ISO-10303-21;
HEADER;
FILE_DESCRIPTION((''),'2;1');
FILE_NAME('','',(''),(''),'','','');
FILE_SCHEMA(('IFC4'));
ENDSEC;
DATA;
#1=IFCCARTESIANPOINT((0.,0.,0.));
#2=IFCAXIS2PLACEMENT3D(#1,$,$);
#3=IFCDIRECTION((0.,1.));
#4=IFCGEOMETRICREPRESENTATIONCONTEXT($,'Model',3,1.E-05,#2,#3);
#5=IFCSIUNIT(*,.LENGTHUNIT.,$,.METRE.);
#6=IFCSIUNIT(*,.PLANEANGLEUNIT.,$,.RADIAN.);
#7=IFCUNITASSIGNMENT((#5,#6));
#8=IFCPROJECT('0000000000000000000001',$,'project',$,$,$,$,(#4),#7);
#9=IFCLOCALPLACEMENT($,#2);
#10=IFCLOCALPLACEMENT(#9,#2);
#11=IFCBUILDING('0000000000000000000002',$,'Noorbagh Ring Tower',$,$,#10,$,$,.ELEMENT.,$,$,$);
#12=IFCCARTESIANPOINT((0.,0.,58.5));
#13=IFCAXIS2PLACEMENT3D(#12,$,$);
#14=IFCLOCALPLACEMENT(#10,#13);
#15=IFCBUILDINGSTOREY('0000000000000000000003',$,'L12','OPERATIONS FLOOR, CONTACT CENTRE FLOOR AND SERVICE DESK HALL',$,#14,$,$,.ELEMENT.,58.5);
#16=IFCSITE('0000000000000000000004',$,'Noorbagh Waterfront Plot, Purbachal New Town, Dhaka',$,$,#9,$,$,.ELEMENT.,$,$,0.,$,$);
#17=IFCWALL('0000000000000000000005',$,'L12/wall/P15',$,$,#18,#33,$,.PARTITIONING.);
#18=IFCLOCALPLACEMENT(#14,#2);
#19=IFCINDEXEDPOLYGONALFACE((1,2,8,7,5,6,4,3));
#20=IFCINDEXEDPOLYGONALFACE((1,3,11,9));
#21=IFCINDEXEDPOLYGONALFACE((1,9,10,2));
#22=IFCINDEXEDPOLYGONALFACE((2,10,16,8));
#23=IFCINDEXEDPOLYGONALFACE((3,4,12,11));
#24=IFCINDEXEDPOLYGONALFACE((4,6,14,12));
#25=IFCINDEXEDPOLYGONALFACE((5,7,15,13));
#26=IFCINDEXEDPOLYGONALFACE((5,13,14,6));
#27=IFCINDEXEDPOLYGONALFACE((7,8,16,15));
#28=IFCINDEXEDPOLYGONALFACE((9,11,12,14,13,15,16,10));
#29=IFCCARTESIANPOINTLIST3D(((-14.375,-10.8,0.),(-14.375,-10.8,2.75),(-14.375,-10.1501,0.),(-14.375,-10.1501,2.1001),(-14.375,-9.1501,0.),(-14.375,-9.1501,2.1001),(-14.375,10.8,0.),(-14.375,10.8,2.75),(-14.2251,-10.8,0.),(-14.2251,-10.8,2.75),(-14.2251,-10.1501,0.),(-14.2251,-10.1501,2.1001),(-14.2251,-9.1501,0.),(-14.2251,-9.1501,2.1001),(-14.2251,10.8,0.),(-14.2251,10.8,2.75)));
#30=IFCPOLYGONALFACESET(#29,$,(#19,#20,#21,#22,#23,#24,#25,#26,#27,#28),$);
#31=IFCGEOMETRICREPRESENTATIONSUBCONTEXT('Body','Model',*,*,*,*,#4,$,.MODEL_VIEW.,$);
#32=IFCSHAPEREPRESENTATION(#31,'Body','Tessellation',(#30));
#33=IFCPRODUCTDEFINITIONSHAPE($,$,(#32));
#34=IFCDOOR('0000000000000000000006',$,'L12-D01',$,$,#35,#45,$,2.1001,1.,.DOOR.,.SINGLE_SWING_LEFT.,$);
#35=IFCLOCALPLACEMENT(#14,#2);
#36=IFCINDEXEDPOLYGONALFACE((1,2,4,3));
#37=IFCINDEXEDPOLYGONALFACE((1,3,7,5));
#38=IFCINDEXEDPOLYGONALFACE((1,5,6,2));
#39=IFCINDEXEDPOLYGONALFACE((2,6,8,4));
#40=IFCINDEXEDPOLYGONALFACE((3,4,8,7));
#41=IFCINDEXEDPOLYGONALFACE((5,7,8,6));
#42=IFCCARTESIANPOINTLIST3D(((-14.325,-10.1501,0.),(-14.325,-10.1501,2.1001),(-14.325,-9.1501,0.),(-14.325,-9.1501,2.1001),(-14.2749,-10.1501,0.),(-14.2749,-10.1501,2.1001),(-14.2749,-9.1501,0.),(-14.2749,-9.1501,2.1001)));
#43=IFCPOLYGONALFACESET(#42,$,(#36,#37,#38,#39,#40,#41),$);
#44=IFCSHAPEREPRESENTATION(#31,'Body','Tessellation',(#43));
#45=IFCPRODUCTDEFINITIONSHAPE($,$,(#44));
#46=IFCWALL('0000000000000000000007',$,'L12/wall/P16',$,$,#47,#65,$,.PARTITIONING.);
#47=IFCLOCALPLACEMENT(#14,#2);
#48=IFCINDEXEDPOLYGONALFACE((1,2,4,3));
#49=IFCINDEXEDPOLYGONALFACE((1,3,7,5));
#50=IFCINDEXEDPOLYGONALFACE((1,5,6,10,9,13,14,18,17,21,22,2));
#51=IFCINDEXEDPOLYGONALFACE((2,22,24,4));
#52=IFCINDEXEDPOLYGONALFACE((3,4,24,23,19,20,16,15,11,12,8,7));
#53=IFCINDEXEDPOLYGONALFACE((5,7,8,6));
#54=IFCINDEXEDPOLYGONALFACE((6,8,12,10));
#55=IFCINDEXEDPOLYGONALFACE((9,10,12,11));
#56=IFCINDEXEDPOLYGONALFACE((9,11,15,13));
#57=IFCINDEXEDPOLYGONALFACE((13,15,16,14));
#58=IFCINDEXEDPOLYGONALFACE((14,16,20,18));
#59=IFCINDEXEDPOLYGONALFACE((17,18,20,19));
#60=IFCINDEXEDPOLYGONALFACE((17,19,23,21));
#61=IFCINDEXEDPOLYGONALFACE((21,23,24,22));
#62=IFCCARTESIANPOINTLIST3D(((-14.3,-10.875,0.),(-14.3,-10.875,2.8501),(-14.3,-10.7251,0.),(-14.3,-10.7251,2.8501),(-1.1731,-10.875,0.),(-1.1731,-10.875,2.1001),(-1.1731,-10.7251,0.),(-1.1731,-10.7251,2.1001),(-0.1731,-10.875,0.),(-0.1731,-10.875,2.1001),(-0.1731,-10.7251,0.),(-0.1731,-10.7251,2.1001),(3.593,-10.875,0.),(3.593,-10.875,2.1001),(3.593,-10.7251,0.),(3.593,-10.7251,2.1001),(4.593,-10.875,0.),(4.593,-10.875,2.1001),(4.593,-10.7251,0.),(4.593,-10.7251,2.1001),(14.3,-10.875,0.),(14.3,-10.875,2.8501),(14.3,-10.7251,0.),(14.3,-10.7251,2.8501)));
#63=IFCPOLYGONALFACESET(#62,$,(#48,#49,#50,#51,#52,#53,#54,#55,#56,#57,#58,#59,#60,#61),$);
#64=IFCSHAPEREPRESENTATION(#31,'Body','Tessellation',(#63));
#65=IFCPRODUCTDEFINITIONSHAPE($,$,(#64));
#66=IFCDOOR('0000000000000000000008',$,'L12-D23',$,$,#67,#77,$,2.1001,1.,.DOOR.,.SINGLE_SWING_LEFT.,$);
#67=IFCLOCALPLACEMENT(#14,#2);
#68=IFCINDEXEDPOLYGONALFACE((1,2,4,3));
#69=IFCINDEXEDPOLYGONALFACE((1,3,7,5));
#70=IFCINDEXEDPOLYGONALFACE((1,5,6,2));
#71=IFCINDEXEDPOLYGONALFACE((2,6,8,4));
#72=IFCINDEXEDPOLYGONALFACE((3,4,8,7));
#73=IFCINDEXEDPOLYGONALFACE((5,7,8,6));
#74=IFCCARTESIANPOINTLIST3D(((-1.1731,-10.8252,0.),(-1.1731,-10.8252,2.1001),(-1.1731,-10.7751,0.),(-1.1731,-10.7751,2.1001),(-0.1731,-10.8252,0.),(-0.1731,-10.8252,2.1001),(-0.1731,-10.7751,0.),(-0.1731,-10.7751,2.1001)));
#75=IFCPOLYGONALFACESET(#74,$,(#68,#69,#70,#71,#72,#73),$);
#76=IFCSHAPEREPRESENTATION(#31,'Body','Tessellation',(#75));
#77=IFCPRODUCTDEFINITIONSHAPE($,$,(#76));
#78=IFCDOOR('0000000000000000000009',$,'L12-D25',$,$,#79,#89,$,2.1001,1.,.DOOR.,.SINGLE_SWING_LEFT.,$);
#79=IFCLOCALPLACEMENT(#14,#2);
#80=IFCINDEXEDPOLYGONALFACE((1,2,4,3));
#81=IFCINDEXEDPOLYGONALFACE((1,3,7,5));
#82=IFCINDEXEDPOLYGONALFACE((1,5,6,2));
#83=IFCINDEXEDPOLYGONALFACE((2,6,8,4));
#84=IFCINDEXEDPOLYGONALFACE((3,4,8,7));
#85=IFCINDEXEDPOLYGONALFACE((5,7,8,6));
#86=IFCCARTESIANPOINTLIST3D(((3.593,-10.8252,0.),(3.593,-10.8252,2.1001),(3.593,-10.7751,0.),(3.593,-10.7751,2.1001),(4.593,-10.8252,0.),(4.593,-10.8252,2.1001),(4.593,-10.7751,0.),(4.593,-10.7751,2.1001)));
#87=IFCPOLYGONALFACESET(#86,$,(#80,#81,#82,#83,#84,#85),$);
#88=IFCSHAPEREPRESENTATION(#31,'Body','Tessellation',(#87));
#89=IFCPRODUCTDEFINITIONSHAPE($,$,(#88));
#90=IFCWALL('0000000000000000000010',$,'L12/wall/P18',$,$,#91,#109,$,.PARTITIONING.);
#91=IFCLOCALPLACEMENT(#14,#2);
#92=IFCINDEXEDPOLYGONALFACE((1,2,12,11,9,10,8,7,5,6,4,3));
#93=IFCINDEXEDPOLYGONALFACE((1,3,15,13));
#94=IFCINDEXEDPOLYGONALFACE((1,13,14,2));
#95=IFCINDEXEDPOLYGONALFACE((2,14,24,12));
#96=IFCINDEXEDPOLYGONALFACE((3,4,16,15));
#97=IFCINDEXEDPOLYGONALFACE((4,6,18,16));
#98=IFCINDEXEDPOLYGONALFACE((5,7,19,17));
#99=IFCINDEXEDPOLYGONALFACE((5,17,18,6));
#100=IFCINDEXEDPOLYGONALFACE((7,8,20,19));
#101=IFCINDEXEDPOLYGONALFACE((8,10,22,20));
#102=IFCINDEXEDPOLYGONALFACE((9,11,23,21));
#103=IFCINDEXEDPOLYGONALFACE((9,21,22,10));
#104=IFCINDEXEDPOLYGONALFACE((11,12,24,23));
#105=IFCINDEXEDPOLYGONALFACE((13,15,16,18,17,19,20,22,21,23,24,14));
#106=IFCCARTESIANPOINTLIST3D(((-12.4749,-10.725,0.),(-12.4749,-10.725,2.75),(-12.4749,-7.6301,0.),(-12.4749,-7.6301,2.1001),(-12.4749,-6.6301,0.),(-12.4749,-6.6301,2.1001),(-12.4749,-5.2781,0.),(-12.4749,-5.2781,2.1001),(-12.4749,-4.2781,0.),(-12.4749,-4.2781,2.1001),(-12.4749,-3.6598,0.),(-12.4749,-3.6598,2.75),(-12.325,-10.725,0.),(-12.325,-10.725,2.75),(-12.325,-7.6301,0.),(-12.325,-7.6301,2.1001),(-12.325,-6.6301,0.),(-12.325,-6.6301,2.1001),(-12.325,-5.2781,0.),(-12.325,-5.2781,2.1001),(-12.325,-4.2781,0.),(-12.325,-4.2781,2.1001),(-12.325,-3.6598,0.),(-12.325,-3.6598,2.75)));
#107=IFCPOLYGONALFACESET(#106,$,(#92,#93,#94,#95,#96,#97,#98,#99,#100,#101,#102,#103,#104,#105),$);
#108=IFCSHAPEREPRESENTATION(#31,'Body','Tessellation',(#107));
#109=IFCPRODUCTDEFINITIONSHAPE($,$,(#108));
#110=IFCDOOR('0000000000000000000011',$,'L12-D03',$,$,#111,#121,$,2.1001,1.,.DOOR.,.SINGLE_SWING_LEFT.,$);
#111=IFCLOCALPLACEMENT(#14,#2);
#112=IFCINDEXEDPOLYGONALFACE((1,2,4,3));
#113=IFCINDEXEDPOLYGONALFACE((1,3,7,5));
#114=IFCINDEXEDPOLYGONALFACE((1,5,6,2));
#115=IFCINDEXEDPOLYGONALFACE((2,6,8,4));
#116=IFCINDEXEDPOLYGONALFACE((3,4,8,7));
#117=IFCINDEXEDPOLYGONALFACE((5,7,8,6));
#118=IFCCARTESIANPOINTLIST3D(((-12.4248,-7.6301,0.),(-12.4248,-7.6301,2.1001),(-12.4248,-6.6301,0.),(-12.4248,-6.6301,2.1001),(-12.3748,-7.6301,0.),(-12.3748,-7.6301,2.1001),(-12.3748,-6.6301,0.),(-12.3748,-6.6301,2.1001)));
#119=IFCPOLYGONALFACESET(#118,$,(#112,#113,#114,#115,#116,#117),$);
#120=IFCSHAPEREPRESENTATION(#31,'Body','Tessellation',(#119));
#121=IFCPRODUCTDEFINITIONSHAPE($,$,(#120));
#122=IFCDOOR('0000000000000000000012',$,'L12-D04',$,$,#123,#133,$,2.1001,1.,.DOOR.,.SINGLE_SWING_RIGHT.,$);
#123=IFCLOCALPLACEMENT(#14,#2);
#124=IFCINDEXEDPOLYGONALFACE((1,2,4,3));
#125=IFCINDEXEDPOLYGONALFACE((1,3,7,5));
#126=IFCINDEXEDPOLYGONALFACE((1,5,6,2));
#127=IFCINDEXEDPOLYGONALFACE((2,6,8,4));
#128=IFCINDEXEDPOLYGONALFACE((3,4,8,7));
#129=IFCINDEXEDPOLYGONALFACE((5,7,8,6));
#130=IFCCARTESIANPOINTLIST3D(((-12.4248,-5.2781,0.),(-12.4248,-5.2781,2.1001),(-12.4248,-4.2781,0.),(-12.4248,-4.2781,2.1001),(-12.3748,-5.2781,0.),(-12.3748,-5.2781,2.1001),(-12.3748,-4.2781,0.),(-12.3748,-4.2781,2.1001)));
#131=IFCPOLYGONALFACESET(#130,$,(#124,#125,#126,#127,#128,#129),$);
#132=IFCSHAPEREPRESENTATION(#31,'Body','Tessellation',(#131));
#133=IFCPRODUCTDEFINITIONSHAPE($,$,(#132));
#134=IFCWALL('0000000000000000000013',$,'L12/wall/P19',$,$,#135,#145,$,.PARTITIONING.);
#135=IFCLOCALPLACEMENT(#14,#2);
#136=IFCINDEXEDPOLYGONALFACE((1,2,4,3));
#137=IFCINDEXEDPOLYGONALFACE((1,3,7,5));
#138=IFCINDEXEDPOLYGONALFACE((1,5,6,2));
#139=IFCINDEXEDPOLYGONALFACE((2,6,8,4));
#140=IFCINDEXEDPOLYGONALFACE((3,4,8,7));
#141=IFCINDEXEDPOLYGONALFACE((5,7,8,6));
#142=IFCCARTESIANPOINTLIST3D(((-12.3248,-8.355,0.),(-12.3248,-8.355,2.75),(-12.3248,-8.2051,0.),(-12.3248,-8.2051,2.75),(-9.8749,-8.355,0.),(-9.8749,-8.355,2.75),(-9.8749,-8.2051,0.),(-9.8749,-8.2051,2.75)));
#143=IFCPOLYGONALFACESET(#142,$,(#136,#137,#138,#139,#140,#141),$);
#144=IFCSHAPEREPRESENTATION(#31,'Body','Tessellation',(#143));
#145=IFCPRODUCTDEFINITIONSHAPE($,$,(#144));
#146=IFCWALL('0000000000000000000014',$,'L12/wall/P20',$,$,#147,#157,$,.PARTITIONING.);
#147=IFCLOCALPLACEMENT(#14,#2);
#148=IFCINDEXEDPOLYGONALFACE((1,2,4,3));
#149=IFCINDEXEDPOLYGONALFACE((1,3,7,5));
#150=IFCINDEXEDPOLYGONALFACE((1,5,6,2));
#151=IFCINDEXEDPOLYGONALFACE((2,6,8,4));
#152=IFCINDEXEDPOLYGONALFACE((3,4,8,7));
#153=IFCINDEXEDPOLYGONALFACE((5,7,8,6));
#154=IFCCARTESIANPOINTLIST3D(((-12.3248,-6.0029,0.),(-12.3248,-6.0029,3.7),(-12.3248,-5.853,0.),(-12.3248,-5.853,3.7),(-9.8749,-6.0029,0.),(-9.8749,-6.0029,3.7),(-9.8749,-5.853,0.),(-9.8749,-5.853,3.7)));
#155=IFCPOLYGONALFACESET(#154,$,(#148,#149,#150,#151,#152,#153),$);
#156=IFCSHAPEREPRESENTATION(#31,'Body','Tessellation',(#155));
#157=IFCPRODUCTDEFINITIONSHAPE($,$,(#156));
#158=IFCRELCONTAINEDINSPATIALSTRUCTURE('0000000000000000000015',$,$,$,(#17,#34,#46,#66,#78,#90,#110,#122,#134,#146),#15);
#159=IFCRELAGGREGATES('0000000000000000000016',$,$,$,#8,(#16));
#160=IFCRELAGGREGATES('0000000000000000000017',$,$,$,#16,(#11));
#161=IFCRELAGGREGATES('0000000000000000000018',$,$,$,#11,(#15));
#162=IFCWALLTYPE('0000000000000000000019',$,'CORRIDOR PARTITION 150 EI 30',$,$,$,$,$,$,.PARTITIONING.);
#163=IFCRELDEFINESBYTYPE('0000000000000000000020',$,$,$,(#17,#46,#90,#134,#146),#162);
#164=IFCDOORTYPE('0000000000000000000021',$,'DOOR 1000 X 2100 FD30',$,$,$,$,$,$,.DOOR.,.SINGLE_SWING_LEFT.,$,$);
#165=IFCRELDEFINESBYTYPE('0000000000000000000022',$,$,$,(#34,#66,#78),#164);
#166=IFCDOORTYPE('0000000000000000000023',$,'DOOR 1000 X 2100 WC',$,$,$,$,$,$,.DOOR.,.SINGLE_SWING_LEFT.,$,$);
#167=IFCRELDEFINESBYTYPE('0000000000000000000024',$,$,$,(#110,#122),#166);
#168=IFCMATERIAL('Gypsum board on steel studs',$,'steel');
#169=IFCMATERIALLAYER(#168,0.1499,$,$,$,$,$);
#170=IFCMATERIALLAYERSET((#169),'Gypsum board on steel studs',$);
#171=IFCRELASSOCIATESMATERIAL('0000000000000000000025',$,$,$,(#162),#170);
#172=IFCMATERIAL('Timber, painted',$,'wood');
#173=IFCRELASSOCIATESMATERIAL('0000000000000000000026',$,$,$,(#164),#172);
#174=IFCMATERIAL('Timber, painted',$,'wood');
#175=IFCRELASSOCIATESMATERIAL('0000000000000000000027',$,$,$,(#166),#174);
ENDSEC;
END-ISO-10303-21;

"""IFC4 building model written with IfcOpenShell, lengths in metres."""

from ifc_helpers import new_model, si_unit, direction, frame, frame_2d, origin, place, context, subcontext, project, spatial, rectangle, extrude, material, layer, layer_set, type_object, element, fill, save


model = new_model("IFC4")

# Units and contexts
model_context = context("Model", 3, precision=1e-05, world=origin(), true_north=direction((0.0, 1.0)))
body_context = subcontext(model_context, "Body", "Model", "MODEL_VIEW")
ifc_project = project(units=[si_unit("LENGTHUNIT", "METRE"), si_unit("PLANEANGLEUNIT", "RADIAN")], contexts=[model_context])

# Site, building, storey
site_placement = place(None, origin())
site = spatial("IfcSite", under=ifc_project, at=site_placement, Name="Noorbagh Waterfront Plot, Purbachal New Town, Dhaka", CompositionType="ELEMENT", RefElevation=0.0)
building_placement = place(site_placement, origin())
building = spatial("IfcBuilding", under=site, at=building_placement, Name="Noorbagh Ring Tower", CompositionType="ELEMENT")
storey_placement = place(building_placement, frame((0.0, 0.0, 58.5)))
storey = spatial("IfcBuildingStorey", under=building, at=storey_placement, Name="L12", Description="OPERATIONS FLOOR, CONTACT CENTRE FLOOR AND SERVICE DESK HALL", CompositionType="ELEMENT", Elevation=58.5)

# Wall, opening, door
ifc_material_1 = material(Name="Gypsum board on steel studs", Category="steel")
ifc_layer_1 = layer(ifc_material_1, 0.1499)
ifc_layer_set_1 = layer_set([ifc_layer_1], Name="Gypsum board on steel studs")
wall_type_1 = type_object("IfcWallType", Name="CORRIDOR PARTITION 150 EI 30", PredefinedType="PARTITIONING", material=ifc_layer_set_1)
wall_1_placement = place(storey_placement, frame((-14.3, -10.8, 0.0), z_axis=(0.0, 0.0, 1.0), x_axis=(0.0, 1.0, 0.0)))
wall_1 = element("IfcWall", 1, at=wall_1_placement, inside=storey, type_object=wall_type_1, Name="L12/wall/P15", PredefinedType="PARTITIONING", context=body_context, shape_type="SweptSolid", body=[
    extrude(rectangle(XDim=21.6001, YDim=0.1499, at=frame_2d((10.8, 0.0))), origin(), (0.0, 0.0, 1.0), 2.75),
])
opening_1_placement = place(wall_1_placement, frame((0.6499, 0.0, 0.0)))
opening_1 = element("IfcOpeningElement", 2, at=opening_1_placement, cuts=wall_1, PredefinedType="OPENING", context=body_context, shape_type="SweptSolid", body=[
    extrude(rectangle(XDim=1.0, YDim=2.1001, at=frame_2d((0.5, 1.05))), frame((0.0, 0.085, 0.0), z_axis=(0.0, -1.0, 0.0), x_axis=(1.0, 0.0, 0.0)), (0.0, 0.0, 1.0), 0.1699),
])
ifc_material_2 = material(Name="Timber, painted", Category="wood")
door_type_1 = type_object("IfcDoorType", Name="DOOR 1000 X 2100 FD30", OperationType="SINGLE_SWING_LEFT", PredefinedType="DOOR", material=ifc_material_2)
door_1_placement = place(opening_1_placement, origin())
door_1 = element("IfcDoor", 3, at=door_1_placement, inside=storey, type_object=door_type_1, Name="L12-D01", OperationType="SINGLE_SWING_LEFT", OverallHeight=2.1001, OverallWidth=1.0, PredefinedType="DOOR", context=body_context, shape_type="SweptSolid", body=[
    extrude(rectangle(XDim=1.0, YDim=2.1001, at=frame_2d((0.5, 1.05))), frame((0.0, 0.0249, 0.0), z_axis=(0.0, -1.0, 0.0), x_axis=(1.0, 0.0, 0.0)), (0.0, 0.0, 1.0), 0.05),
])
fill(opening_1, door_1)

# Walls, openings, doors
wall_2_placement = place(storey_placement, frame((-14.3, -10.8, 0.0), z_axis=(0.0, 0.0, 1.0), x_axis=(1.0, 0.0, 0.0)))
wall_2 = element("IfcWall", 4, at=wall_2_placement, inside=storey, type_object=wall_type_1, Name="L12/wall/P16", PredefinedType="PARTITIONING", context=body_context, shape_type="SweptSolid", body=[
    extrude(rectangle(XDim=28.6001, YDim=0.1499, at=frame_2d((14.3, 0.0))), origin(), (0.0, 0.0, 1.0), 2.8501),
])
opening_2_placement = place(wall_2_placement, frame((13.127, 0.0, 0.0)))
opening_2 = element("IfcOpeningElement", 5, at=opening_2_placement, cuts=wall_2, PredefinedType="OPENING", context=body_context, shape_type="SweptSolid", body=[
    extrude(rectangle(XDim=1.0, YDim=2.1001, at=frame_2d((0.5, 1.05))), frame((0.0, 0.085, 0.0), z_axis=(0.0, -1.0, 0.0), x_axis=(1.0, 0.0, 0.0)), (0.0, 0.0, 1.0), 0.1699),
])
opening_3_placement = place(wall_2_placement, frame((17.8931, 0.0, 0.0)))
opening_3 = element("IfcOpeningElement", 6, at=opening_3_placement, cuts=wall_2, PredefinedType="OPENING", context=body_context, shape_type="SweptSolid", body=[
    extrude(rectangle(XDim=1.0, YDim=2.1001, at=frame_2d((0.5, 1.05))), frame((0.0, 0.085, 0.0), z_axis=(0.0, -1.0, 0.0), x_axis=(1.0, 0.0, 0.0)), (0.0, 0.0, 1.0), 0.1699),
])
door_2_placement = place(opening_2_placement, origin())
door_2 = element("IfcDoor", 7, at=door_2_placement, inside=storey, type_object=door_type_1, Name="L12-D23", OperationType="SINGLE_SWING_LEFT", OverallHeight=2.1001, OverallWidth=1.0, PredefinedType="DOOR", context=body_context, shape_type="SweptSolid", body=[
    extrude(rectangle(XDim=1.0, YDim=2.1001, at=frame_2d((0.5, 1.05))), frame((0.0, 0.0249, 0.0), z_axis=(0.0, -1.0, 0.0), x_axis=(1.0, 0.0, 0.0)), (0.0, 0.0, 1.0), 0.05),
])
fill(opening_2, door_2)
door_3_placement = place(opening_3_placement, origin())
door_3 = element("IfcDoor", 8, at=door_3_placement, inside=storey, type_object=door_type_1, Name="L12-D25", OperationType="SINGLE_SWING_LEFT", OverallHeight=2.1001, OverallWidth=1.0, PredefinedType="DOOR", context=body_context, shape_type="SweptSolid", body=[
    extrude(rectangle(XDim=1.0, YDim=2.1001, at=frame_2d((0.5, 1.05))), frame((0.0, 0.0249, 0.0), z_axis=(0.0, -1.0, 0.0), x_axis=(1.0, 0.0, 0.0)), (0.0, 0.0, 1.0), 0.05),
])
fill(opening_3, door_3)
wall_3_placement = place(storey_placement, frame((-12.3999, -10.7251, 0.0), z_axis=(0.0, 0.0, 1.0), x_axis=(0.0, 1.0, 0.0)))
wall_3 = element("IfcWall", 9, at=wall_3_placement, inside=storey, type_object=wall_type_1, Name="L12/wall/P18", PredefinedType="PARTITIONING", context=body_context, shape_type="SweptSolid", body=[
    extrude(rectangle(XDim=7.0652, YDim=0.1499, at=frame_2d((3.5327, 0.0))), origin(), (0.0, 0.0, 1.0), 2.75),
])
opening_4_placement = place(wall_3_placement, frame((3.095, 0.0, 0.0)))
opening_4 = element("IfcOpeningElement", 10, at=opening_4_placement, cuts=wall_3, PredefinedType="OPENING", context=body_context, shape_type="SweptSolid", body=[
    extrude(rectangle(XDim=1.0, YDim=2.1001, at=frame_2d((0.5, 1.05))), frame((0.0, 0.085, 0.0), z_axis=(0.0, -1.0, 0.0), x_axis=(1.0, 0.0, 0.0)), (0.0, 0.0, 1.0), 0.1699),
])
opening_5_placement = place(wall_3_placement, frame((5.447, 0.0, 0.0)))
opening_5 = element("IfcOpeningElement", 11, at=opening_5_placement, cuts=wall_3, PredefinedType="OPENING", context=body_context, shape_type="SweptSolid", body=[
    extrude(rectangle(XDim=1.0, YDim=2.1001, at=frame_2d((0.5, 1.05))), frame((0.0, 0.085, 0.0), z_axis=(0.0, -1.0, 0.0), x_axis=(1.0, 0.0, 0.0)), (0.0, 0.0, 1.0), 0.1699),
])
ifc_material_3 = material(Name="Timber, painted", Category="wood")
door_type_2 = type_object("IfcDoorType", Name="DOOR 1000 X 2100 WC", OperationType="SINGLE_SWING_LEFT", PredefinedType="DOOR", material=ifc_material_3)
door_4_placement = place(opening_4_placement, origin())
door_4 = element("IfcDoor", 12, at=door_4_placement, inside=storey, type_object=door_type_2, Name="L12-D03", OperationType="SINGLE_SWING_LEFT", OverallHeight=2.1001, OverallWidth=1.0, PredefinedType="DOOR", context=body_context, shape_type="SweptSolid", body=[
    extrude(rectangle(XDim=1.0, YDim=2.1001, at=frame_2d((0.5, 1.05))), frame((0.0, 0.0249, 0.0), z_axis=(0.0, -1.0, 0.0), x_axis=(1.0, 0.0, 0.0)), (0.0, 0.0, 1.0), 0.05),
])
fill(opening_4, door_4)
door_5_placement = place(opening_5_placement, origin())
door_5 = element("IfcDoor", 13, at=door_5_placement, inside=storey, type_object=door_type_2, Name="L12-D04", OperationType="SINGLE_SWING_RIGHT", OverallHeight=2.1001, OverallWidth=1.0, PredefinedType="DOOR", context=body_context, shape_type="SweptSolid", body=[
    extrude(rectangle(XDim=1.0, YDim=2.1001, at=frame_2d((0.5, 1.05))), frame((0.0, 0.0249, 0.0), z_axis=(0.0, -1.0, 0.0), x_axis=(1.0, 0.0, 0.0)), (0.0, 0.0, 1.0), 0.05),
])
fill(opening_5, door_5)

# Walls
wall_4_placement = place(storey_placement, frame((-12.325, -8.28, 0.0), z_axis=(0.0, 0.0, 1.0), x_axis=(1.0, 0.0, 0.0)))
element("IfcWall", 14, at=wall_4_placement, inside=storey, type_object=wall_type_1, Name="L12/wall/P19", PredefinedType="PARTITIONING", context=body_context, shape_type="SweptSolid", body=[
    extrude(rectangle(XDim=2.45, YDim=0.1499, at=frame_2d((1.2251, 0.0))), origin(), (0.0, 0.0, 1.0), 2.75),
])
wall_5_placement = place(storey_placement, frame((-12.325, -5.928, 0.0), z_axis=(0.0, 0.0, 1.0), x_axis=(1.0, 0.0, 0.0)))
element("IfcWall", 15, at=wall_5_placement, inside=storey, type_object=wall_type_1, Name="L12/wall/P20", PredefinedType="PARTITIONING", context=body_context, shape_type="SweptSolid", body=[
    extrude(rectangle(XDim=2.45, YDim=0.1499, at=frame_2d((1.2251, 0.0))), origin(), (0.0, 0.0, 1.0), 3.7),
])

save(model, "model.ifc")
